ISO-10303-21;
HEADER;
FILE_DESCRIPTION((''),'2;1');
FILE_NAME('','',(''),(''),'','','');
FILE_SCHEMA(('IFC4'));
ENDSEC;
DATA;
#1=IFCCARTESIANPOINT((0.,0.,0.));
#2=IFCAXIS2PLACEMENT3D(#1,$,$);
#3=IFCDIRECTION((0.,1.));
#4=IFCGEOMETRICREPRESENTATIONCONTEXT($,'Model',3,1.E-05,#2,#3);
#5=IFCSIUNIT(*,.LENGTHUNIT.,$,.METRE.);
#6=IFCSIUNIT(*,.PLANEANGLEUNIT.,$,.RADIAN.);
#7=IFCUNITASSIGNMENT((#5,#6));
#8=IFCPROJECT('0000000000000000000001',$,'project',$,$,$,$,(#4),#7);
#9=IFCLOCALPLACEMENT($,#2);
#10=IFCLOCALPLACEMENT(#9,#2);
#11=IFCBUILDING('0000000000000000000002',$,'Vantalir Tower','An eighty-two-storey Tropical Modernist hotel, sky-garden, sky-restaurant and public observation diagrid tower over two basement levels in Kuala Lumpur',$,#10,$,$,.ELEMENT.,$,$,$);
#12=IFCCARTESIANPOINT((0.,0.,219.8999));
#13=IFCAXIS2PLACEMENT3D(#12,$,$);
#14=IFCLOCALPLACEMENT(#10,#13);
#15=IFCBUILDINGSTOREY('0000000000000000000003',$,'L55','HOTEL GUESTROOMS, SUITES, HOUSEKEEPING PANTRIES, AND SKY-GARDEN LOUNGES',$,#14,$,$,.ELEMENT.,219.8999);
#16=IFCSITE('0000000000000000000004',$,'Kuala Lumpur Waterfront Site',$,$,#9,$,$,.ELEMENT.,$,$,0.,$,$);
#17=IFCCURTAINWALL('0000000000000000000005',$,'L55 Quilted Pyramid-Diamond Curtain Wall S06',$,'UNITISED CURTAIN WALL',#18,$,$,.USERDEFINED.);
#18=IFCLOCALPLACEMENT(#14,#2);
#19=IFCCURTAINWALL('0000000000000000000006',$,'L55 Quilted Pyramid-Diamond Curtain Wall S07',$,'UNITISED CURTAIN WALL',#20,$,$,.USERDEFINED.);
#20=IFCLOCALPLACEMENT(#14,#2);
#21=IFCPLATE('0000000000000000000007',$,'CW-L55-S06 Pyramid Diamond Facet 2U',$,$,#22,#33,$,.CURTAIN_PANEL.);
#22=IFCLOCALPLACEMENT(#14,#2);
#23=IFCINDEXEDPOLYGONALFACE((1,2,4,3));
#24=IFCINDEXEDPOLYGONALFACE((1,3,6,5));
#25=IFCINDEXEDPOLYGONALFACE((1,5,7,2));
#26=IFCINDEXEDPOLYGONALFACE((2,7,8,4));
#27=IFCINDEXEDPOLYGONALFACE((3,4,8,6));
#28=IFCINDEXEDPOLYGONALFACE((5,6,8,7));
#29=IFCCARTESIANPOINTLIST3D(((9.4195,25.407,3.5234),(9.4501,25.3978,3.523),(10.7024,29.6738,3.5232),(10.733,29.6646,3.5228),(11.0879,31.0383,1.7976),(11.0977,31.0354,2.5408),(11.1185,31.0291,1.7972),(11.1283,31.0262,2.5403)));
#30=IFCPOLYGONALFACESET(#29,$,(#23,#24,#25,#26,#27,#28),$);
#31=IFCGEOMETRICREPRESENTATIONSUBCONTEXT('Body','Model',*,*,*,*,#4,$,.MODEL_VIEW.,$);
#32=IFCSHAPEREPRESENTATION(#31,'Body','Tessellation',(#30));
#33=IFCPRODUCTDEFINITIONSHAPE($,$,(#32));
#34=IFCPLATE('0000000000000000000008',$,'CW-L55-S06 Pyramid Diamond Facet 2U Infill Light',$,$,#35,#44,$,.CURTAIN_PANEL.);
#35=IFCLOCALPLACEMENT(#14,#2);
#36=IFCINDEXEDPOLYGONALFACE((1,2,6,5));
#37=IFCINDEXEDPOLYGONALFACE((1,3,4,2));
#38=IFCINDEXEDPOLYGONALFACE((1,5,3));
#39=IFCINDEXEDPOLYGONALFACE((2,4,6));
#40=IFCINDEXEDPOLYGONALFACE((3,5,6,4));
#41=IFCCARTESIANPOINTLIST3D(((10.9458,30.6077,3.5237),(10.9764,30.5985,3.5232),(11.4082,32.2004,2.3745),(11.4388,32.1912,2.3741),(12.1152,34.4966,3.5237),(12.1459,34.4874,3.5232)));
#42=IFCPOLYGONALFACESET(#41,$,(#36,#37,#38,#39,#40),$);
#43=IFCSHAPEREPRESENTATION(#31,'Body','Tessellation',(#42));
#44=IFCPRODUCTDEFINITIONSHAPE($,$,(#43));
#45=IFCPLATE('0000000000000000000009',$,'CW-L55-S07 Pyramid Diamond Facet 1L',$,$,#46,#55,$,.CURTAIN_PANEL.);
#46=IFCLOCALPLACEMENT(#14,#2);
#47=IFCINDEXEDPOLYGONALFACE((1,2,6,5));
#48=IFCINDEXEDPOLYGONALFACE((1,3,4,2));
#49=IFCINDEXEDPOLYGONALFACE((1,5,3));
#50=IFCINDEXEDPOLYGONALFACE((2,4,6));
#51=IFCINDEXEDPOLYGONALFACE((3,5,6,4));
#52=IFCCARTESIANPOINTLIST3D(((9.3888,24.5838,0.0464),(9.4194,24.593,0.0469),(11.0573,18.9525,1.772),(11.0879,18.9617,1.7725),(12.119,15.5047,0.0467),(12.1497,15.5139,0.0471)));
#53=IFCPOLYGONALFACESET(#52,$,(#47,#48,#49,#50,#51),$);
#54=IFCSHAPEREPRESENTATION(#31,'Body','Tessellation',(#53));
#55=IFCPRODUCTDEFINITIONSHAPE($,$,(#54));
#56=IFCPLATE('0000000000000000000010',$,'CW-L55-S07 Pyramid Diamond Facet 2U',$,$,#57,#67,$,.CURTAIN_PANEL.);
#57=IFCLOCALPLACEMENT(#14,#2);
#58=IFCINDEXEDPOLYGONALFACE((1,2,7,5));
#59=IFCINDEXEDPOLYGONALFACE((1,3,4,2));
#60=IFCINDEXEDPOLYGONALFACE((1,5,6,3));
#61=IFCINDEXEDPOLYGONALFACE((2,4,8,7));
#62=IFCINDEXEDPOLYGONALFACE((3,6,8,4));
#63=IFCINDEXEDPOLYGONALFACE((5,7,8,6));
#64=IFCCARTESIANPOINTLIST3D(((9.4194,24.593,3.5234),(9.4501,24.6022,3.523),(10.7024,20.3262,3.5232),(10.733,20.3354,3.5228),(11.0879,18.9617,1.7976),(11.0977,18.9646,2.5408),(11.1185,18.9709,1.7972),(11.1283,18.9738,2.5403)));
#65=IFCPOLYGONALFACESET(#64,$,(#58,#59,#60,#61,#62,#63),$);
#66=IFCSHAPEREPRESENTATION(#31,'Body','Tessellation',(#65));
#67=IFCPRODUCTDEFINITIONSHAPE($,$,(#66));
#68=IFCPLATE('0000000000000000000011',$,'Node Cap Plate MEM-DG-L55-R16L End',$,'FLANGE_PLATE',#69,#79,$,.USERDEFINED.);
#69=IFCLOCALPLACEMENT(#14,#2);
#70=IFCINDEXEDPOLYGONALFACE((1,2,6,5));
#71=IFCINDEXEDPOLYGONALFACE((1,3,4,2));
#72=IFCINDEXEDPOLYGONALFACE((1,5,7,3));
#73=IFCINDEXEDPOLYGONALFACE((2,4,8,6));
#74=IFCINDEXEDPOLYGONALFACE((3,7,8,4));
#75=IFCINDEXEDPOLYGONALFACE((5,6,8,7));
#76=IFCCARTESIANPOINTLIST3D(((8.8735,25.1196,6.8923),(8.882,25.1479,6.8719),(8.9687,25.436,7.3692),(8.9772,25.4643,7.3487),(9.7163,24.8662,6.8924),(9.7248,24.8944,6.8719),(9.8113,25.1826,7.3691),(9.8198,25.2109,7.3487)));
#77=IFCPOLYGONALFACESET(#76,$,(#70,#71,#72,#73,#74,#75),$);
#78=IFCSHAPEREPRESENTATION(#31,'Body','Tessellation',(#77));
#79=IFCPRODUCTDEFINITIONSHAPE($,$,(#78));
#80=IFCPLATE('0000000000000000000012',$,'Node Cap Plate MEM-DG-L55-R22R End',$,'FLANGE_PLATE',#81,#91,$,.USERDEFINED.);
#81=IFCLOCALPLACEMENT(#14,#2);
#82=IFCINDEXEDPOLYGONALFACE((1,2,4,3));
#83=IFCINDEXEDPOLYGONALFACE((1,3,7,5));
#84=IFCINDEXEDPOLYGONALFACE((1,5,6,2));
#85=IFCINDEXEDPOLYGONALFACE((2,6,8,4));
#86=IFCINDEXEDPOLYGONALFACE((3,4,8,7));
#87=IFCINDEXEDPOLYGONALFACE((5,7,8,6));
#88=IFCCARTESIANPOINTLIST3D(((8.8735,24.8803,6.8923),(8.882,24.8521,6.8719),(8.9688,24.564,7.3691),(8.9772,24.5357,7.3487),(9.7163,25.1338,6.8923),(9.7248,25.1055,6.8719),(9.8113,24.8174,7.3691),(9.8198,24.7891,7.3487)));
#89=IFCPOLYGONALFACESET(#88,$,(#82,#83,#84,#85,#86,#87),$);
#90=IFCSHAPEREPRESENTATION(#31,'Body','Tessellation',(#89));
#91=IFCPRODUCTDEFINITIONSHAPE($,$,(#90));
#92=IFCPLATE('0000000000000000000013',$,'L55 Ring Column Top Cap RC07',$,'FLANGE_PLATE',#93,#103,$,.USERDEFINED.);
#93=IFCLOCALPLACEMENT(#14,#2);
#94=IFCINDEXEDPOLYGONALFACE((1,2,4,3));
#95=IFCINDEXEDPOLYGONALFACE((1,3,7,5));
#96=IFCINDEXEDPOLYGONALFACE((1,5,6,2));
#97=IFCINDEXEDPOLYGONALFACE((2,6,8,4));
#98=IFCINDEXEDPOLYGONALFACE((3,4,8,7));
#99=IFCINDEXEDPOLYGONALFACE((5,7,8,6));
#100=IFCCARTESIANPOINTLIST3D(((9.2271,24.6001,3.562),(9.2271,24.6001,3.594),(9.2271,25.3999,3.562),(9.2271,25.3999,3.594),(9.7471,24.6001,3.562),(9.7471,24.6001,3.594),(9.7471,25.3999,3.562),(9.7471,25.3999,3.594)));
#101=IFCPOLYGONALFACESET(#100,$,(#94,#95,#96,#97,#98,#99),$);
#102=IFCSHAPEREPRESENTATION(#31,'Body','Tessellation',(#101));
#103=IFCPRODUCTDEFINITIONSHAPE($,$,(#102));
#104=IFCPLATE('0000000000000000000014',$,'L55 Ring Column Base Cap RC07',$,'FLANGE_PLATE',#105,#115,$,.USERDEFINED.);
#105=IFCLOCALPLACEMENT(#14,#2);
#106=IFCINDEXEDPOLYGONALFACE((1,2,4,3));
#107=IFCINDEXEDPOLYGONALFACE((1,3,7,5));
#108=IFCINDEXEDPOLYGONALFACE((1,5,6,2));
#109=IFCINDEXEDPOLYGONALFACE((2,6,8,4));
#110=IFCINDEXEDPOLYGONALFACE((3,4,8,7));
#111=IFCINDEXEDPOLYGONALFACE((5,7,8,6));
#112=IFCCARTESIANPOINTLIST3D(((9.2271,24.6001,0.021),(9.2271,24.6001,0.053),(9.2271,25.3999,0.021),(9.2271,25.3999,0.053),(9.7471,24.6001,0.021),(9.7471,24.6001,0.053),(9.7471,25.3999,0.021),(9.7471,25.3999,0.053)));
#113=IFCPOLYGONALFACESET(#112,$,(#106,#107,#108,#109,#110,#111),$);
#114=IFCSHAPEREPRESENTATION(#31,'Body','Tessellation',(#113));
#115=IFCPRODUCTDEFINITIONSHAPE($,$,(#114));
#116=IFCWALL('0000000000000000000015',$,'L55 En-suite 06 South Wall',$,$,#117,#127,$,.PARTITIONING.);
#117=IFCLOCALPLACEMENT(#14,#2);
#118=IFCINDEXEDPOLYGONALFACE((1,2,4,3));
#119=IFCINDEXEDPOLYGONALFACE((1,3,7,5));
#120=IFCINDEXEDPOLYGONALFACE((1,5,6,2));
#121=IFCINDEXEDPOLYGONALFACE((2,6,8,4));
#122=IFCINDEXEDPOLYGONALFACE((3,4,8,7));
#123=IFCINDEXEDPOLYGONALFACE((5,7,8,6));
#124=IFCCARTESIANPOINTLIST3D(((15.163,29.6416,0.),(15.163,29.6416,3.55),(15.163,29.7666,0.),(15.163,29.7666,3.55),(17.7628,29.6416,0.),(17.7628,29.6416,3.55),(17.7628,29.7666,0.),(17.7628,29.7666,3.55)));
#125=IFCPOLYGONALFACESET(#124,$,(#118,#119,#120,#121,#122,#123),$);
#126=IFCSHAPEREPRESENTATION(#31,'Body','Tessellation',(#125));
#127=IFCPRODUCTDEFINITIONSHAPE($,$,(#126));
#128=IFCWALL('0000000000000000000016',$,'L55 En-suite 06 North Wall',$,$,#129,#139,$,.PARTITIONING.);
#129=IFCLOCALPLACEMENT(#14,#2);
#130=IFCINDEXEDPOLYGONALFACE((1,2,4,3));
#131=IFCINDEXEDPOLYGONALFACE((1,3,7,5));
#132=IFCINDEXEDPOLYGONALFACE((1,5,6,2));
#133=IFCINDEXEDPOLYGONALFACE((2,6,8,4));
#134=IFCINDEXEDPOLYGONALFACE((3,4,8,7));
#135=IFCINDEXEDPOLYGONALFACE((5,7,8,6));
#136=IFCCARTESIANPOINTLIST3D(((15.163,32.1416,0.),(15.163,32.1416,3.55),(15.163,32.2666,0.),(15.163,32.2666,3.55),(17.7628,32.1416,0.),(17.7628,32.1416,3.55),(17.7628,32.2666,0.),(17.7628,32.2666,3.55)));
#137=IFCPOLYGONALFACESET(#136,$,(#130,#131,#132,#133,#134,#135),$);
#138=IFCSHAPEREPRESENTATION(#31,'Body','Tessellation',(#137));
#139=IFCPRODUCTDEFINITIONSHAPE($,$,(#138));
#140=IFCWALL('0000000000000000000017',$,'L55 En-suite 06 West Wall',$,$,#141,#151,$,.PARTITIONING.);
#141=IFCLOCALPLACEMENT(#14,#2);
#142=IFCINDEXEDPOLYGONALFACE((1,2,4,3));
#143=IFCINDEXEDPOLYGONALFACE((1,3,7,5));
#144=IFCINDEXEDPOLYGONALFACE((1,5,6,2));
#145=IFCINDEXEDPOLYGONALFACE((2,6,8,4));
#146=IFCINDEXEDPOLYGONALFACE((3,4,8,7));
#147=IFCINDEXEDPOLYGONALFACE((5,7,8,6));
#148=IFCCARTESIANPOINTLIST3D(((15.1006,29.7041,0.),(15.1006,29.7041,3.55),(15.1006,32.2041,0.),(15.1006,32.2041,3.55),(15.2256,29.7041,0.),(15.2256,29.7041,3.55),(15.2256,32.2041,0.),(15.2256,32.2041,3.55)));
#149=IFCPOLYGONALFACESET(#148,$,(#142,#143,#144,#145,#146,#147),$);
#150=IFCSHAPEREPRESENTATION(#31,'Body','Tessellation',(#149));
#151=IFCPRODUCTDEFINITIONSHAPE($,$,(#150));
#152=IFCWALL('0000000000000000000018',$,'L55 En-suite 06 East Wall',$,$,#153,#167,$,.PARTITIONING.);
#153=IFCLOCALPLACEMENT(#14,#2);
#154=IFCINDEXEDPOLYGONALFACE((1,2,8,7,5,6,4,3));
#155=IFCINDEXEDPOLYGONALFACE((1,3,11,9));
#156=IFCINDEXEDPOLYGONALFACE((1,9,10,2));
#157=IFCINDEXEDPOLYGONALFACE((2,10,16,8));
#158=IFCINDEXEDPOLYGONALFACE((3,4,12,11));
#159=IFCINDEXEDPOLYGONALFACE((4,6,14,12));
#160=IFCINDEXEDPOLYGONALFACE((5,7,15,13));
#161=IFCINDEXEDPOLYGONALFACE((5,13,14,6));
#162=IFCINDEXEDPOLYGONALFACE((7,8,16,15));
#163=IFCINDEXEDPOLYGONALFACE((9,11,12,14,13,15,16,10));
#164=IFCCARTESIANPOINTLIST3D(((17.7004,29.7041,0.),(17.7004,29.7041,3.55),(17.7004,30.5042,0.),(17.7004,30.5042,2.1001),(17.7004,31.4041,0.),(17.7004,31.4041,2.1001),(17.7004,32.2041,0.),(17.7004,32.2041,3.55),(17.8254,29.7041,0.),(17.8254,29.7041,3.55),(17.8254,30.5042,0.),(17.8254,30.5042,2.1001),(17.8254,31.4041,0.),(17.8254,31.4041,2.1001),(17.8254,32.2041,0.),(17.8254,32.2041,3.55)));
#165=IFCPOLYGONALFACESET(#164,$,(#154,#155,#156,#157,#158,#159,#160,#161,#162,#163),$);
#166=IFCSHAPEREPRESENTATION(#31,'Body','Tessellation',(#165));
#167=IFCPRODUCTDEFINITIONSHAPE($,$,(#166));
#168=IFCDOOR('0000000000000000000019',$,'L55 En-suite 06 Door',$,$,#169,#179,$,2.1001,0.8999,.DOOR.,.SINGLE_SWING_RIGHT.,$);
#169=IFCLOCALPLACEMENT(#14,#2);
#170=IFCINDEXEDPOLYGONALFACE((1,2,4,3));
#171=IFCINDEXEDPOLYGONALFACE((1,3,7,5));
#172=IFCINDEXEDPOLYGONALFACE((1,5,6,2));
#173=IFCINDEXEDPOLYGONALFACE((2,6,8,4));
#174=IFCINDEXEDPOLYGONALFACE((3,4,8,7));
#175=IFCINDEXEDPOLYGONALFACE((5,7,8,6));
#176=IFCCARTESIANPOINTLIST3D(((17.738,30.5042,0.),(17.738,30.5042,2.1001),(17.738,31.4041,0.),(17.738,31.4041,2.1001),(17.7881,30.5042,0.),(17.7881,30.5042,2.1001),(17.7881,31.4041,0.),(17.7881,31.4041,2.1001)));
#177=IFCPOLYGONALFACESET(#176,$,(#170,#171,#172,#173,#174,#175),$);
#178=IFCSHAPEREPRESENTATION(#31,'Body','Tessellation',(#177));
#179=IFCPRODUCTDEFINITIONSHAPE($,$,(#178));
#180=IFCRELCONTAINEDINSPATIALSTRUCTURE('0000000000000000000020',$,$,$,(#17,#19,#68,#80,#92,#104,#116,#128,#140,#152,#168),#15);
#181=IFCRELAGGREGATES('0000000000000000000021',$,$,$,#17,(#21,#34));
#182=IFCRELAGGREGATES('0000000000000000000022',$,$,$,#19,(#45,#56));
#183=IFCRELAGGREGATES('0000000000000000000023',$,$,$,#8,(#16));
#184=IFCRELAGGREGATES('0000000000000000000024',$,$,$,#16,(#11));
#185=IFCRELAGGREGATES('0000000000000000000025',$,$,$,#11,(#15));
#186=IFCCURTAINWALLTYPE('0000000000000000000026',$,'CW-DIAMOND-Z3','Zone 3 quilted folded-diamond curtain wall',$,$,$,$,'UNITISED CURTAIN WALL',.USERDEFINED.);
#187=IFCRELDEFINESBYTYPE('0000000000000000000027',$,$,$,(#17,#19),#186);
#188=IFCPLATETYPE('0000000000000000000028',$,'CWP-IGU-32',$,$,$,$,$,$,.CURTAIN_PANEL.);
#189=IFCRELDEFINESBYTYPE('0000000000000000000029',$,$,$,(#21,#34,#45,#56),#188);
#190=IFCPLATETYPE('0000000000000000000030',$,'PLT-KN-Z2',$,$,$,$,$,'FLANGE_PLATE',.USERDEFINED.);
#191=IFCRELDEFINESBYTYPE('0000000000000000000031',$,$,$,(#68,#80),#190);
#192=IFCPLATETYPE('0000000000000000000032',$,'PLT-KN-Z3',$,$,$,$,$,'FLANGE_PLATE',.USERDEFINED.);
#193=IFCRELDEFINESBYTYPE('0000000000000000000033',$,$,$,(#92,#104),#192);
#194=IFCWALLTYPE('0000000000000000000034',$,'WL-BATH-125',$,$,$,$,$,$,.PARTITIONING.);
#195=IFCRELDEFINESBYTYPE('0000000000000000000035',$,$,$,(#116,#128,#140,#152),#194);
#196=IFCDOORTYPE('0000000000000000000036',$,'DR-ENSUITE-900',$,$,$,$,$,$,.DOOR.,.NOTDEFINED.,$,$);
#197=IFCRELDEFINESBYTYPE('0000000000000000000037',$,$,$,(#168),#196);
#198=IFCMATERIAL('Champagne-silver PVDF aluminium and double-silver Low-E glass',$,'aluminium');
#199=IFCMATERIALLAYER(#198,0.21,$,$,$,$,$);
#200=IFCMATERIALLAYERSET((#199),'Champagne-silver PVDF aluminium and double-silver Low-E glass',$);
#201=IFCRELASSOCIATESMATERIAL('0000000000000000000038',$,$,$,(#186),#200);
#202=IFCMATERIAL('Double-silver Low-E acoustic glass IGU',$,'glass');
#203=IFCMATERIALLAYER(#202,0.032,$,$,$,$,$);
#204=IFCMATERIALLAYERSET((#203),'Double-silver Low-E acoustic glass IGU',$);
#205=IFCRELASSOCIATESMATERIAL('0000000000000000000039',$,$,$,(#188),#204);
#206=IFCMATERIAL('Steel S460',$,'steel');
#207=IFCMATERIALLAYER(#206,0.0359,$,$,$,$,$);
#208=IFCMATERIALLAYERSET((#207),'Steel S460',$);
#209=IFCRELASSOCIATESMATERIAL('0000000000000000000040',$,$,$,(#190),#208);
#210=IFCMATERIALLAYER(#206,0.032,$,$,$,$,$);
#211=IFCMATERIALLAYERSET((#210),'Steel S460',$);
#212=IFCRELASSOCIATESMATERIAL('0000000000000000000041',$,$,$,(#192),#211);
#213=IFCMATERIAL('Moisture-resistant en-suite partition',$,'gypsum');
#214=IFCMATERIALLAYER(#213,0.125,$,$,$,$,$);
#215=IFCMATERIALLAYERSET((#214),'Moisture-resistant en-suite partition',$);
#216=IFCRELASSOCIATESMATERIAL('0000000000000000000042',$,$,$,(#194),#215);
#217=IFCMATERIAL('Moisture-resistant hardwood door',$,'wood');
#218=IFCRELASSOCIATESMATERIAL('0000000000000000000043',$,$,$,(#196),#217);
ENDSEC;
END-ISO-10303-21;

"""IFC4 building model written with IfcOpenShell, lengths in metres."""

from ifc_helpers import new_model, si_unit, direction, frame, frame_2d, origin, place, context, subcontext, project, spatial, polyline, rectangle, outline, extrude, material, layer, layer_set, type_object, element, fill, aggregate, save


model = new_model("IFC4")

# Units and contexts
model_context = context("Model", 3, precision=1e-05, world=origin(), true_north=direction((0.0, 1.0)))
body_context = subcontext(model_context, "Body", "Model", "MODEL_VIEW")
ifc_project = project(units=[si_unit("LENGTHUNIT", "METRE"), si_unit("PLANEANGLEUNIT", "RADIAN")], contexts=[model_context])

# Site, building, storey
site_placement = place(None, origin())
site = spatial("IfcSite", under=ifc_project, at=site_placement, Name="Kuala Lumpur Waterfront Site", CompositionType="ELEMENT", RefElevation=0.0)
building_placement = place(site_placement, origin())
building = spatial("IfcBuilding", under=site, at=building_placement, Name="Vantalir Tower", Description="An eighty-two-storey Tropical Modernist hotel, sky-garden, sky-restaurant and public observation diagrid tower over two basement levels in Kuala Lumpur", CompositionType="ELEMENT")
storey_placement = place(building_placement, frame((0.0, 0.0, 219.8999)))
storey = spatial("IfcBuildingStorey", under=building, at=storey_placement, Name="L55", Description="HOTEL GUESTROOMS, SUITES, HOUSEKEEPING PANTRIES, AND SKY-GARDEN LOUNGES", CompositionType="ELEMENT", Elevation=219.8999)

# Shared definitions
ifc_material_1 = material(Name="Steel S460", Category="steel")

# Curtain wall
ifc_material_2 = material(Name="Champagne-silver PVDF aluminium and double-silver Low-E glass", Category="aluminium")
ifc_layer_1 = layer(ifc_material_2, 0.21)
ifc_layer_set_1 = layer_set([ifc_layer_1], Name="Champagne-silver PVDF aluminium and double-silver Low-E glass")
curtain_wall_type = type_object("IfcCurtainWallType", Name="CW-DIAMOND-Z3", Description="Zone 3 quilted folded-diamond curtain wall", ElementType="UNITISED CURTAIN WALL", PredefinedType="USERDEFINED", material=ifc_layer_set_1)
curtain_wall_1_placement = place(storey_placement, origin())
curtain_wall_1 = element("IfcCurtainWall", 1, at=curtain_wall_1_placement, inside=storey, type_object=curtain_wall_type, Name="L55 Quilted Pyramid-Diamond Curtain Wall S06", ObjectType="UNITISED CURTAIN WALL", PredefinedType="USERDEFINED")

# Curtain wall
curtain_wall_2_placement = place(storey_placement, origin())
curtain_wall_2 = element("IfcCurtainWall", 2, at=curtain_wall_2_placement, inside=storey, type_object=curtain_wall_type, Name="L55 Quilted Pyramid-Diamond Curtain Wall S07", ObjectType="UNITISED CURTAIN WALL", PredefinedType="USERDEFINED")

# Plates
ifc_material_3 = material(Name="Double-silver Low-E acoustic glass IGU", Category="glass")
ifc_layer_2 = layer(ifc_material_3, 0.032)
ifc_layer_set_2 = layer_set([ifc_layer_2], Name="Double-silver Low-E acoustic glass IGU")
plate_type_1 = type_object("IfcPlateType", Name="CWP-IGU-32", PredefinedType="CURTAIN_PANEL", material=ifc_layer_set_2)
plate_1_placement = place(storey_placement, frame((10.7024, 29.6738, 3.5232), z_axis=(-0.957557, 0.287915, 0.013748), x_axis=(-0.287941, -0.957648, 0.000055)))
plate_1 = element("IfcPlate", 3, at=plate_1_placement, type_object=plate_type_1, Name="CW-L55-S06 Pyramid Diamond Facet 2U", PredefinedType="CURTAIN_PANEL", context=body_context, shape_type="SweptSolid", body=[
    extrude(outline(polyline([(0.0, 0.0), (4.4556, 0.0), (-1.4178, -1.7257), (-1.4178, -0.9824), (0.0, 0.0)])), origin(), (0.0, 0.0, -1.0), 0.032),
])
plate_2_placement = place(storey_placement, frame((12.1152, 34.4966, 3.5237), z_axis=(-0.957548, 0.287944, 0.013798), x_axis=(-0.287971, -0.957639, 0.0)))
plate_2 = element("IfcPlate", 4, at=plate_2_placement, type_object=plate_type_1, Name="CW-L55-S06 Pyramid Diamond Facet 2U Infill Light", PredefinedType="CURTAIN_PANEL", context=body_context, shape_type="SweptSolid", body=[
    extrude(outline(polyline([(0.0, 0.0), (4.0609, 0.0), (2.4025, -1.1493), (0.0, 0.0)])), origin(), (0.0, 0.0, -1.0), 0.032),
])
aggregate(curtain_wall_1, [plate_1, plate_2])
plate_3_placement = place(storey_placement, frame((9.4194, 24.593, 0.0469), z_axis=(0.957545, 0.287949, 0.01386), x_axis=(0.287976, -0.957638, 0.000026)))
plate_3 = element("IfcPlate", 5, at=plate_3_placement, type_object=plate_type_1, Name="CW-L55-S07 Pyramid Diamond Facet 1L", PredefinedType="CURTAIN_PANEL", context=body_context, shape_type="SweptSolid", body=[
    extrude(outline(polyline([(0.0, 0.0), (9.4807, 0.0), (5.8733, -1.7256), (0.0, 0.0)])), origin(), (0.0, 0.0, -1.0), 0.032),
])
plate_4_placement = place(storey_placement, frame((9.4194, 24.593, 3.5234), z_axis=(-0.957557, -0.287915, 0.013748), x_axis=(0.287941, -0.957648, -0.000055)))
plate_4 = element("IfcPlate", 6, at=plate_4_placement, type_object=plate_type_1, Name="CW-L55-S07 Pyramid Diamond Facet 2U", PredefinedType="CURTAIN_PANEL", context=body_context, shape_type="SweptSolid", body=[
    extrude(outline(polyline([(0.0, 0.0), (4.4556, 0.0), (5.8733, -0.9824), (5.8734, -1.7257), (0.0, 0.0)])), origin(), (0.0, 0.0, -1.0), 0.032),
])
aggregate(curtain_wall_2, [plate_3, plate_4])

# Plates
ifc_layer_3 = layer(ifc_material_1, 0.0359)
ifc_layer_set_3 = layer_set([ifc_layer_3], Name="Steel S460")
plate_type_2 = type_object("IfcPlateType", Name="PLT-KN-Z2", ElementType="FLANGE_PLATE", PredefinedType="USERDEFINED", material=ifc_layer_set_3)
plate_5_placement = place(storey_placement, frame((8.8735, 25.1196, 6.8923), z_axis=(-0.236721, -0.787133, 0.569548), x_axis=(0.957635, -0.287984, 0.000019)))
element("IfcPlate", 7, at=plate_5_placement, inside=storey, type_object=plate_type_2, Name="Node Cap Plate MEM-DG-L55-R16L End", ObjectType="FLANGE_PLATE", PredefinedType="USERDEFINED", context=body_context, shape_type="SweptSolid", body=[
    extrude(outline(polyline([(0.0, 0.0), (0.88, 0.0), (0.8799, 0.5801), (0.0001, 0.5801), (0.0, 0.0)])), origin(), (0.0, 0.0, -1.0), 0.0359),
])
plate_6_placement = place(storey_placement, frame((9.7163, 25.1338, 6.8923), z_axis=(-0.236721, 0.787133, 0.569548), x_axis=(-0.957635, -0.287984, -0.000019)))
element("IfcPlate", 8, at=plate_6_placement, inside=storey, type_object=plate_type_2, Name="Node Cap Plate MEM-DG-L55-R22R End", ObjectType="FLANGE_PLATE", PredefinedType="USERDEFINED", context=body_context, shape_type="SweptSolid", body=[
    extrude(outline(polyline([(0.0, 0.0), (0.88, 0.0), (0.88, 0.5801), (0.0002, 0.5801), (0.0, 0.0)])), origin(), (0.0, 0.0, -1.0), 0.0359),
])
ifc_layer_4 = layer(ifc_material_1, 0.032)
ifc_layer_set_4 = layer_set([ifc_layer_4], Name="Steel S460")
plate_type_3 = type_object("IfcPlateType", Name="PLT-KN-Z3", ElementType="FLANGE_PLATE", PredefinedType="USERDEFINED", material=ifc_layer_set_4)
for number, where, z_axis, x_axis, name in (
    (9, (9.2271, 25.3999, 3.594), (0.0, 0.0, 1.0), (0.0, -1.0, 0.0), "L55 Ring Column Top Cap RC07"),
    (10, (9.2271, 25.3999, 0.053), (0.0, 0.0, 1.0), (0.0, -1.0, 0.0), "L55 Ring Column Base Cap RC07"),
):
    element("IfcPlate", number, at=place(storey_placement, frame(where, z_axis=z_axis, x_axis=x_axis)), inside=storey, type_object=plate_type_3, Name=name, ObjectType="FLANGE_PLATE", PredefinedType="USERDEFINED", context=body_context, shape_type="SweptSolid", body=[
        extrude(outline(polyline([(0.0, 0.0), (0.7998, 0.0), (0.7998, 0.52), (0.0, 0.52), (0.0, 0.0)])), origin(), (0.0, 0.0, -1.0), 0.032),
    ])

# Walls
ifc_material_4 = material(Name="Moisture-resistant en-suite partition", Category="gypsum")
ifc_layer_5 = layer(ifc_material_4, 0.125)
ifc_layer_set_5 = layer_set([ifc_layer_5], Name="Moisture-resistant en-suite partition")
wall_type_1 = type_object("IfcWallType", Name="WL-BATH-125", PredefinedType="PARTITIONING", material=ifc_layer_set_5)
for number, where, z_axis, x_axis, name in (
    (11, (15.1631, 29.7041, 0.0), (0.0, 0.0, 1.0), (1.0, 0.0, 0.0), "L55 En-suite 06 South Wall"),
    (12, (15.1631, 32.2041, 0.0), (0.0, 0.0, 1.0), (1.0, 0.0, 0.0), "L55 En-suite 06 North Wall"),
):
    element("IfcWall", number, at=place(storey_placement, frame(where, z_axis=z_axis, x_axis=x_axis)), inside=storey, type_object=wall_type_1, Name=name, PredefinedType="PARTITIONING", context=body_context, shape_type="SweptSolid", body=[
        extrude(rectangle(XDim=2.5999, YDim=0.125, at=frame_2d((1.2998, 0.0))), origin(), (0.0, 0.0, 1.0), 3.55),
    ])
wall_1_placement = place(storey_placement, frame((15.1631, 29.7041, 0.0), z_axis=(0.0, 0.0, 1.0), x_axis=(0.0, 1.0, 0.0)))
element("IfcWall", 13, at=wall_1_placement, inside=storey, type_object=wall_type_1, Name="L55 En-suite 06 West Wall", PredefinedType="PARTITIONING", context=body_context, shape_type="SweptSolid", body=[
    extrude(rectangle(XDim=2.5, YDim=0.125, at=frame_2d((1.25, 0.0))), origin(), (0.0, 0.0, 1.0), 3.55),
])

# Wall, opening, door
wall_2_placement = place(storey_placement, frame((17.7629, 29.7041, 0.0), z_axis=(0.0, 0.0, 1.0), x_axis=(0.0, 1.0, 0.0)))
wall_2 = element("IfcWall", 14, at=wall_2_placement, inside=storey, type_object=wall_type_1, Name="L55 En-suite 06 East Wall", PredefinedType="PARTITIONING", context=body_context, shape_type="SweptSolid", body=[
    extrude(rectangle(XDim=2.5, YDim=0.125, at=frame_2d((1.25, 0.0))), origin(), (0.0, 0.0, 1.0), 3.55),
])
opening_1_placement = place(wall_2_placement, frame((0.8, 0.0, 0.0)))
opening_1 = element("IfcOpeningElement", 15, at=opening_1_placement, cuts=wall_2, PredefinedType="OPENING", context=body_context, shape_type="SweptSolid", body=[
    extrude(rectangle(XDim=0.8999, YDim=2.1001, at=frame_2d((0.45, 1.05))), frame((0.0, 0.0725, 0.0), z_axis=(0.0, -1.0, 0.0), x_axis=(1.0, 0.0, 0.0)), (0.0, 0.0, 1.0), 0.145),
])
ifc_material_5 = material(Name="Moisture-resistant hardwood door", Category="wood")
door_type_1 = type_object("IfcDoorType", Name="DR-ENSUITE-900", OperationType="NOTDEFINED", PredefinedType="DOOR", material=ifc_material_5)
door_1_placement = place(opening_1_placement, origin())
door_1 = element("IfcDoor", 16, at=door_1_placement, inside=storey, type_object=door_type_1, Name="L55 En-suite 06 Door", OperationType="SINGLE_SWING_RIGHT", OverallHeight=2.1001, OverallWidth=0.8999, PredefinedType="DOOR", context=body_context, shape_type="SweptSolid", body=[
    extrude(rectangle(XDim=0.8999, YDim=2.1001, at=frame_2d((0.45, 1.05))), frame((0.0, 0.0249, 0.0), z_axis=(0.0, -1.0, 0.0), x_axis=(1.0, 0.0, 0.0)), (0.0, 0.0, 1.0), 0.05),
])
fill(opening_1, door_1)

save(model, "model.ifc")
